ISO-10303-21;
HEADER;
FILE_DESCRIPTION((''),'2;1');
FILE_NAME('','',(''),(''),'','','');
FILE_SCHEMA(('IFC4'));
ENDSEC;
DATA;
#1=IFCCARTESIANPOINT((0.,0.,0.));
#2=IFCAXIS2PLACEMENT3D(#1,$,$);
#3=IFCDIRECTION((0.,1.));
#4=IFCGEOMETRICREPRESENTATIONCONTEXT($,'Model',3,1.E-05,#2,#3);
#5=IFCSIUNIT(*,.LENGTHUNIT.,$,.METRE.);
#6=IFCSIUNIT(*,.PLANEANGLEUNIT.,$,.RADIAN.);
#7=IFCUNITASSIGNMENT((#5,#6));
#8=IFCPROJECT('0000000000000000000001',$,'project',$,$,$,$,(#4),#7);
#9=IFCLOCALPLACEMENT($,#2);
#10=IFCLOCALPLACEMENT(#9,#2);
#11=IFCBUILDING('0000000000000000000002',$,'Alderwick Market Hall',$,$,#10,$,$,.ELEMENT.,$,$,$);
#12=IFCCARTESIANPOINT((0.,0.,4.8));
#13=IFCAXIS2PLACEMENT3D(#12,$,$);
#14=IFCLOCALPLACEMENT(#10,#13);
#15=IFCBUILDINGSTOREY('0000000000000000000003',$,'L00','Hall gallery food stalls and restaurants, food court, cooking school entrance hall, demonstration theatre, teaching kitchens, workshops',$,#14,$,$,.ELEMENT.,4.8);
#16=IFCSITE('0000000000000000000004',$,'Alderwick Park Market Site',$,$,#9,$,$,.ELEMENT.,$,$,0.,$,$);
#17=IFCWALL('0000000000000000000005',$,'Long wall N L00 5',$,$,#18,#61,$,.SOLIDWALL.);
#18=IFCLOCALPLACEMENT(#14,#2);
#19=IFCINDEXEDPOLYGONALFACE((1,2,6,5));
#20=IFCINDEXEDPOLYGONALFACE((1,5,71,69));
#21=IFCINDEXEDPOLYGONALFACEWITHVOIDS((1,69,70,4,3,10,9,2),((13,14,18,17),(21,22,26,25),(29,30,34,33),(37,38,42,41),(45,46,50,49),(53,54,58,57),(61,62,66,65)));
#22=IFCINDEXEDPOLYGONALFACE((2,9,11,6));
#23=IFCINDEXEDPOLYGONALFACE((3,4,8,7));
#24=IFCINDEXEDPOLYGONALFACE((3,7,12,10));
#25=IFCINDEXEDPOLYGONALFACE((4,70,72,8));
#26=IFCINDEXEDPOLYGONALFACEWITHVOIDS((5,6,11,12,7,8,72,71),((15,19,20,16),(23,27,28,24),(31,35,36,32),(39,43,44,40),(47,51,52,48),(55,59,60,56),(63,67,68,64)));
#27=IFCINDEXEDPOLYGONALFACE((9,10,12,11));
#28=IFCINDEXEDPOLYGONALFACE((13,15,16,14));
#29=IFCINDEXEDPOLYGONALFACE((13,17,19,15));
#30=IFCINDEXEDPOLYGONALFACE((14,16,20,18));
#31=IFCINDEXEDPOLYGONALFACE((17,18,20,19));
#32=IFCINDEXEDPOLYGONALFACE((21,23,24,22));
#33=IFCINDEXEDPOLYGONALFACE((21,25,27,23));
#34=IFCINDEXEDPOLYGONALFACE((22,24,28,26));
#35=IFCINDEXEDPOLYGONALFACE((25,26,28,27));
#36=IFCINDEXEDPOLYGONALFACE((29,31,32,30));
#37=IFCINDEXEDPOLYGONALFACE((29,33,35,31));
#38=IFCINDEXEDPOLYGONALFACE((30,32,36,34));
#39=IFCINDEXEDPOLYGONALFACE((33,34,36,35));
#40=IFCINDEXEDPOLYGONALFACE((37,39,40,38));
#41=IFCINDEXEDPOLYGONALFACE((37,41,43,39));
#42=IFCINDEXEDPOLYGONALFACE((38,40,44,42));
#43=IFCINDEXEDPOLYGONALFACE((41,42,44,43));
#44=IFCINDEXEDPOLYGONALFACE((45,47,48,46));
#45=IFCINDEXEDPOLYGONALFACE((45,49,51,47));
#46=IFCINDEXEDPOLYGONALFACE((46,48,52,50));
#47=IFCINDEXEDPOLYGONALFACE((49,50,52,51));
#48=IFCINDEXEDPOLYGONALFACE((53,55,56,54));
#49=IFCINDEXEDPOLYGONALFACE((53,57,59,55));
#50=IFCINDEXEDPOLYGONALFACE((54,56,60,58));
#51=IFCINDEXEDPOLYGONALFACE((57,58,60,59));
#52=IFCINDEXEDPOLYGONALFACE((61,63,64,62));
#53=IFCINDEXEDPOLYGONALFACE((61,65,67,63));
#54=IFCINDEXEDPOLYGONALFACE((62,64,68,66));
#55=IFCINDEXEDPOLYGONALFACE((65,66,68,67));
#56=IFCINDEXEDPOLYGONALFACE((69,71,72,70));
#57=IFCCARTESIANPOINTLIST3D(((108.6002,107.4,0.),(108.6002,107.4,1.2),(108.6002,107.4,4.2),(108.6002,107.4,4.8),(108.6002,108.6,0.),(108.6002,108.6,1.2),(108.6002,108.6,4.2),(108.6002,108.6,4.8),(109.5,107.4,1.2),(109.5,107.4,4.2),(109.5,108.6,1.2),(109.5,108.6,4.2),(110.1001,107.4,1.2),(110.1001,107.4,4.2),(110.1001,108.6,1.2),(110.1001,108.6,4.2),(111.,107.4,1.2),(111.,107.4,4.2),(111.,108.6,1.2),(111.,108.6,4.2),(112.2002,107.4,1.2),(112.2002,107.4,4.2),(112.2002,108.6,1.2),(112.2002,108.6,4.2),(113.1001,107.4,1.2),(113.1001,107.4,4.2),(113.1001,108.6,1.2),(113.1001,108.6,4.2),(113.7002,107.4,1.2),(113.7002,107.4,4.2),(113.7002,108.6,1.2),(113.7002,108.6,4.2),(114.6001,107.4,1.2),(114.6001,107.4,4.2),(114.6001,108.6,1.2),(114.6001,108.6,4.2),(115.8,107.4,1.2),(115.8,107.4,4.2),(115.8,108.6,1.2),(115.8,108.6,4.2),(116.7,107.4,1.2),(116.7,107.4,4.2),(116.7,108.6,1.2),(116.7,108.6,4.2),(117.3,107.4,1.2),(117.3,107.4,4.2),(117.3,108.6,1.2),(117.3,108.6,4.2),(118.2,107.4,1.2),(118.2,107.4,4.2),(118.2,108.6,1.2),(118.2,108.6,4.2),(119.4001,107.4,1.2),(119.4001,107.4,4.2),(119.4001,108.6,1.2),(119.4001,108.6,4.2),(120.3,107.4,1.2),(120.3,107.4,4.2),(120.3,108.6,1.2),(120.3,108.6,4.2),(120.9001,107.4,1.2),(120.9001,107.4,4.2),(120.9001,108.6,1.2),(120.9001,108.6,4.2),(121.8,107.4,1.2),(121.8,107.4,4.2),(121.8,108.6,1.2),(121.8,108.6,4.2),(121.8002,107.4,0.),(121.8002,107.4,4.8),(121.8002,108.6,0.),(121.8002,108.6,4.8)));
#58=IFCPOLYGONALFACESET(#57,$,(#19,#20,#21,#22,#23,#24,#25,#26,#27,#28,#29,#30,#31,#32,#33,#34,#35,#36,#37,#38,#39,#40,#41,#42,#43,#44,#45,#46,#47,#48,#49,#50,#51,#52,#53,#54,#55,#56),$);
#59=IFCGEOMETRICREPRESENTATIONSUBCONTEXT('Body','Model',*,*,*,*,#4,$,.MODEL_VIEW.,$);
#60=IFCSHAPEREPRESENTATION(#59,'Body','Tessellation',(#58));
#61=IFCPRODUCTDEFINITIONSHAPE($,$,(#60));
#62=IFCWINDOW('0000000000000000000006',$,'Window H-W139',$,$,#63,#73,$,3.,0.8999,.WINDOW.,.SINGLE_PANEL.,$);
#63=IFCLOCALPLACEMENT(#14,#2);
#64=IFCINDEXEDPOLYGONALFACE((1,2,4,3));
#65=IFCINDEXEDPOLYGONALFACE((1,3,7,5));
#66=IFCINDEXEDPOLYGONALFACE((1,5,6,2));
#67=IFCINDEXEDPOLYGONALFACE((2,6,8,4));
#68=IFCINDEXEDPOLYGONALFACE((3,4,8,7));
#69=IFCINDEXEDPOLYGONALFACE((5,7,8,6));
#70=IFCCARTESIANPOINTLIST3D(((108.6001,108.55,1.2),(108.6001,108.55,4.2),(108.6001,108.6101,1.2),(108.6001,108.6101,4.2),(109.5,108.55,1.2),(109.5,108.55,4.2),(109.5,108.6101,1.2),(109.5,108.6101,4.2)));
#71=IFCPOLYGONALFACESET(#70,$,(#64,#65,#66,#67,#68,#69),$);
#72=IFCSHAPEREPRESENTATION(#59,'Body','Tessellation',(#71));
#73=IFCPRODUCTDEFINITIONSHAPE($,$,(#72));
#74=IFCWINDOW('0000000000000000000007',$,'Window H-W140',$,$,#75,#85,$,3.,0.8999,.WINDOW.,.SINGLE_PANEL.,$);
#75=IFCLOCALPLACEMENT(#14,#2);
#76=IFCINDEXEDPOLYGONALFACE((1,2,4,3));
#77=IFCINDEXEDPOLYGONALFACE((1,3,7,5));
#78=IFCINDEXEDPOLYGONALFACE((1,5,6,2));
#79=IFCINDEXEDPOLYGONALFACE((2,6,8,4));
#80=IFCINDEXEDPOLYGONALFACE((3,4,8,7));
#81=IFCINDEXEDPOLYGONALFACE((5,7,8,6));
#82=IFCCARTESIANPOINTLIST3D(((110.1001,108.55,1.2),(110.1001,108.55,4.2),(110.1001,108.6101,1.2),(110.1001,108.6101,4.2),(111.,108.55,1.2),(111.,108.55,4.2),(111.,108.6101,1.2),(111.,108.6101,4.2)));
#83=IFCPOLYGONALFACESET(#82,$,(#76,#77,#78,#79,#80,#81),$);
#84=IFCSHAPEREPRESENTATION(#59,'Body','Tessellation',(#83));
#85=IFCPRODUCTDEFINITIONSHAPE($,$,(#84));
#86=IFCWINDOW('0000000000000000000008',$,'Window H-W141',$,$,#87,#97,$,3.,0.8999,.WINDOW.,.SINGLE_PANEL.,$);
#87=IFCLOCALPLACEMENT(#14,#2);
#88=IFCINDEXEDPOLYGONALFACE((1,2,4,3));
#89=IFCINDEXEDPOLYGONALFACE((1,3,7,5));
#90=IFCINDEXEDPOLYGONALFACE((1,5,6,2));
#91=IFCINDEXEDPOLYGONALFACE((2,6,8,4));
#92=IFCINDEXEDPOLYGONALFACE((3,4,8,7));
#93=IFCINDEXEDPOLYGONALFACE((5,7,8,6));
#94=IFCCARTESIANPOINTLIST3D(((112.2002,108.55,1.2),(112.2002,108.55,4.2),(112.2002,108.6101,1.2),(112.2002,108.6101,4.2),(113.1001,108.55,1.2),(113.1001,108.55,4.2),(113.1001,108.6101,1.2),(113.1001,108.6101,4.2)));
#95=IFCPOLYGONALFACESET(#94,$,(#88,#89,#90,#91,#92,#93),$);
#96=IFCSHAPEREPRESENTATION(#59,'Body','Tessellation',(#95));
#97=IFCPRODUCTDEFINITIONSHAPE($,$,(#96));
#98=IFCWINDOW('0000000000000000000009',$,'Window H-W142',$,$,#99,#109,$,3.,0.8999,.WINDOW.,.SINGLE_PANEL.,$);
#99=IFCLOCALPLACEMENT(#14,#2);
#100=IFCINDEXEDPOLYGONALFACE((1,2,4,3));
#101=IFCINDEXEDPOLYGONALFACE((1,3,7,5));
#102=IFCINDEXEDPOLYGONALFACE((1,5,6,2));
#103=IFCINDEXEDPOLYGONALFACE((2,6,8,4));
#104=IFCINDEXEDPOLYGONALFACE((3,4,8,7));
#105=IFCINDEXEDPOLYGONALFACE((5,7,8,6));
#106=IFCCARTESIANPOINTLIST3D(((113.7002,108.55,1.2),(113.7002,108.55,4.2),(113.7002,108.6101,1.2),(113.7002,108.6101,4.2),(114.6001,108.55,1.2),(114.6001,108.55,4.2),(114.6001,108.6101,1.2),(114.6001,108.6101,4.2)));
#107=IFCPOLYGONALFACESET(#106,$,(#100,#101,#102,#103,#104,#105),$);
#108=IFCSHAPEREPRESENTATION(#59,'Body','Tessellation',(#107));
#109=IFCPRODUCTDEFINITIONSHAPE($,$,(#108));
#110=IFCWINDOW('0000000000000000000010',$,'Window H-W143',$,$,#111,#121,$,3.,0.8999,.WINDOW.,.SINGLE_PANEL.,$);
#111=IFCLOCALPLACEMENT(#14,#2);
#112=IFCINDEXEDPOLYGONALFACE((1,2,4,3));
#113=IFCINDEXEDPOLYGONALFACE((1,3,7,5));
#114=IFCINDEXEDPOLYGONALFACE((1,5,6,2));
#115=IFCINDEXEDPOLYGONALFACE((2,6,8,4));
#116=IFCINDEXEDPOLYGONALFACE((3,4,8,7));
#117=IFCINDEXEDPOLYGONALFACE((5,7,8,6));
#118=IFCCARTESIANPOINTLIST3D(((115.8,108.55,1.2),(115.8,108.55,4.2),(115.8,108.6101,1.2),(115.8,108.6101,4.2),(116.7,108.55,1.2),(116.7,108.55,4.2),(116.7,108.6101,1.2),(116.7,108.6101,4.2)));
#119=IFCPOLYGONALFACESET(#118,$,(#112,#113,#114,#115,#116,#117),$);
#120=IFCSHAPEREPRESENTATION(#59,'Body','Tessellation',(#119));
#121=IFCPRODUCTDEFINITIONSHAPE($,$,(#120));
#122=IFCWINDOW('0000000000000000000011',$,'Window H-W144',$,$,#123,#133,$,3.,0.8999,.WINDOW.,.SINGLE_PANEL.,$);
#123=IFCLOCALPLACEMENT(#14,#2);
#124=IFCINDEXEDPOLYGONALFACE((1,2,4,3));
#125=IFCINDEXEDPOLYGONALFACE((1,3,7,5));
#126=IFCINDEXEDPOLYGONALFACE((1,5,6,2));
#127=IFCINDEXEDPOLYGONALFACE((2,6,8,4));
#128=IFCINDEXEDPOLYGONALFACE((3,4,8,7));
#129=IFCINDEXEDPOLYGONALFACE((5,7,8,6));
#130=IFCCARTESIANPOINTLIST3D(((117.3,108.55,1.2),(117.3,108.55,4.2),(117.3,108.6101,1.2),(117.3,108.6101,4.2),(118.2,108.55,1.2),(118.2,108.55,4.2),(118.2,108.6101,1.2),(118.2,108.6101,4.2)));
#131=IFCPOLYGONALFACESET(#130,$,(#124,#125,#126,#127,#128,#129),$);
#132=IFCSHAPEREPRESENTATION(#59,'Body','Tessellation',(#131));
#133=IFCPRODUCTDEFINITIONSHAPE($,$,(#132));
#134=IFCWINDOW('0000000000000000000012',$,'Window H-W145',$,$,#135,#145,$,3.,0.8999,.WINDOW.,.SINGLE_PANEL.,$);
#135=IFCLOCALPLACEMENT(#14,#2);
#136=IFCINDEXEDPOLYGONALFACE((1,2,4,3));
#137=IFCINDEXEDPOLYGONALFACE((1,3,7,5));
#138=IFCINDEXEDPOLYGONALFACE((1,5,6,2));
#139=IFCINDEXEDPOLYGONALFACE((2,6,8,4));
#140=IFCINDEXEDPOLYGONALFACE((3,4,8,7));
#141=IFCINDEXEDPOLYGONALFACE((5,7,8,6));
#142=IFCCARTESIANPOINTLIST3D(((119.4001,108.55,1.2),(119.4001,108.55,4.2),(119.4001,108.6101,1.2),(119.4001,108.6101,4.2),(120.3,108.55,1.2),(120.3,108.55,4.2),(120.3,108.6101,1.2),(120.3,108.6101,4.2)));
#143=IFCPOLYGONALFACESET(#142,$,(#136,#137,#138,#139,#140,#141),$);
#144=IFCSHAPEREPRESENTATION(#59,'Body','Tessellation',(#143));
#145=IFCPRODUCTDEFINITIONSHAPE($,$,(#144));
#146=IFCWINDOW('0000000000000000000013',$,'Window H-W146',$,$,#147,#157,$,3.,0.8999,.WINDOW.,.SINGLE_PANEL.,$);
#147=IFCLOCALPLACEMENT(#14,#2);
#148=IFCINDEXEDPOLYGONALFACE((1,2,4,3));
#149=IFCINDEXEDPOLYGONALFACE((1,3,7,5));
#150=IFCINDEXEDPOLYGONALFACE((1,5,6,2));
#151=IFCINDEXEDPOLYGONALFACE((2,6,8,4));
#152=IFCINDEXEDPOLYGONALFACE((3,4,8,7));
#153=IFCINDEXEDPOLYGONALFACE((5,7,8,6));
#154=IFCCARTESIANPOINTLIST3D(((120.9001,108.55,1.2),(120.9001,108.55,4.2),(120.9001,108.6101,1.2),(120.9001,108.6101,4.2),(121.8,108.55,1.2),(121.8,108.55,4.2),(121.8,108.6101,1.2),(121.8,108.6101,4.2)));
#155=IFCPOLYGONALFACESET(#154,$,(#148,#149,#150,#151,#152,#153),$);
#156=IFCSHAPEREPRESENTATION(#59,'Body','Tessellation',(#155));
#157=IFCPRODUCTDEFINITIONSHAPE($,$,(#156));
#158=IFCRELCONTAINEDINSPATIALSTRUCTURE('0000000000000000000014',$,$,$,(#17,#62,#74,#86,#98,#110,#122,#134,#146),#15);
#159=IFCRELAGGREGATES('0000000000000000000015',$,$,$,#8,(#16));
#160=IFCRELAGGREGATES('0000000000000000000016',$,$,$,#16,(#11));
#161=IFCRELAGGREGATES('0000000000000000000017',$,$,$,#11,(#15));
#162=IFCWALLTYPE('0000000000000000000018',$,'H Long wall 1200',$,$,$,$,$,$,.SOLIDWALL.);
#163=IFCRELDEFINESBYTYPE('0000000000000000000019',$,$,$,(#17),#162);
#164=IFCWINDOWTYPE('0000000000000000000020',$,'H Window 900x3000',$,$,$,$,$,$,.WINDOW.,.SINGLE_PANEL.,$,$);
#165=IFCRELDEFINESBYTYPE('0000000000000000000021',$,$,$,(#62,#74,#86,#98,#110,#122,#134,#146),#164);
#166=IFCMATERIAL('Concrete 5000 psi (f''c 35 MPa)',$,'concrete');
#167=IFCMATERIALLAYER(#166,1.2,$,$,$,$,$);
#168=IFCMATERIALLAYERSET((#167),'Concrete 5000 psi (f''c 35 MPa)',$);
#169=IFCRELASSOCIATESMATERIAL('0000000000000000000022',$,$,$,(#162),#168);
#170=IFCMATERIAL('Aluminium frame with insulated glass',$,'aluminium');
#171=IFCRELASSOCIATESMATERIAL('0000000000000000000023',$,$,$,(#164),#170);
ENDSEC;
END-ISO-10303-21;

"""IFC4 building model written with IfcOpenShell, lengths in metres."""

from ifc_helpers import new_model, si_unit, direction, frame, frame_2d, origin, place, context, subcontext, project, spatial, rectangle, extrude, material, layer, layer_set, type_object, element, fill, save


model = new_model("IFC4")

# Units and contexts
model_context = context("Model", 3, precision=1e-05, world=origin(), true_north=direction((0.0, 1.0)))
body_context = subcontext(model_context, "Body", "Model", "MODEL_VIEW")
ifc_project = project(units=[si_unit("LENGTHUNIT", "METRE"), si_unit("PLANEANGLEUNIT", "RADIAN")], contexts=[model_context])

# Site, building, storey
site_placement = place(None, origin())
site = spatial("IfcSite", under=ifc_project, at=site_placement, Name="Alderwick Park Market Site", CompositionType="ELEMENT", RefElevation=0.0)
building_placement = place(site_placement, origin())
building = spatial("IfcBuilding", under=site, at=building_placement, Name="Alderwick Market Hall", CompositionType="ELEMENT")
storey_placement = place(building_placement, frame((0.0, 0.0, 4.8)))
storey = spatial("IfcBuildingStorey", under=building, at=storey_placement, Name="L00", Description="Hall gallery food stalls and restaurants, food court, cooking school entrance hall, demonstration theatre, teaching kitchens, workshops", CompositionType="ELEMENT", Elevation=4.8)

# Shared definitions
ifc_material_1 = material(Name="Concrete 5000 psi (f'c 35 MPa)", Category="concrete")

# Wall, openings, windows
ifc_layer_1 = layer(ifc_material_1, 1.2)
ifc_layer_set_1 = layer_set([ifc_layer_1], Name="Concrete 5000 psi (f'c 35 MPa)")
wall_type_1 = type_object("IfcWallType", Name="H Long wall 1200", PredefinedType="SOLIDWALL", material=ifc_layer_set_1)
wall_1_placement = place(storey_placement, frame((108.6001, 108.0, 0.0), z_axis=(0.0, 0.0, 1.0), x_axis=(1.0, 0.0, 0.0)))
wall_1 = element("IfcWall", 1, at=wall_1_placement, inside=storey, type_object=wall_type_1, Name="Long wall N L00 5", PredefinedType="SOLIDWALL", context=body_context, shape_type="SweptSolid", body=[
    extrude(rectangle(XDim=13.2, YDim=1.2, at=frame_2d((6.6001, 0.0))), origin(), (0.0, 0.0, 1.0), 4.8),
])
opening_1_placement = place(wall_1_placement, frame((0.0, 0.0, 1.2)))
opening_1 = element("IfcOpeningElement", 2, at=opening_1_placement, cuts=wall_1, PredefinedType="OPENING", context=body_context, shape_type="SweptSolid", body=[
    extrude(rectangle(XDim=0.8999, YDim=3.0, at=frame_2d((0.45, 1.5))), frame((0.0, 0.6099, 0.0), z_axis=(0.0, -1.0, 0.0), x_axis=(1.0, 0.0, 0.0)), (0.0, 0.0, 1.0), 1.22),
])
opening_2_placement = place(wall_1_placement, frame((1.5, 0.0, 1.2)))
opening_2 = element("IfcOpeningElement", 3, at=opening_2_placement, cuts=wall_1, PredefinedType="OPENING", context=body_context, shape_type="SweptSolid", body=[
    extrude(rectangle(XDim=0.8999, YDim=3.0, at=frame_2d((0.45, 1.5))), frame((0.0, 0.6099, 0.0), z_axis=(0.0, -1.0, 0.0), x_axis=(1.0, 0.0, 0.0)), (0.0, 0.0, 1.0), 1.22),
])
opening_3_placement = place(wall_1_placement, frame((3.6001, 0.0, 1.2)))
opening_3 = element("IfcOpeningElement", 4, at=opening_3_placement, cuts=wall_1, PredefinedType="OPENING", context=body_context, shape_type="SweptSolid", body=[
    extrude(rectangle(XDim=0.8999, YDim=3.0, at=frame_2d((0.45, 1.5))), frame((0.0, 0.6099, 0.0), z_axis=(0.0, -1.0, 0.0), x_axis=(1.0, 0.0, 0.0)), (0.0, 0.0, 1.0), 1.22),
])
opening_4_placement = place(wall_1_placement, frame((5.1001, 0.0, 1.2)))
opening_4 = element("IfcOpeningElement", 5, at=opening_4_placement, cuts=wall_1, PredefinedType="OPENING", context=body_context, shape_type="SweptSolid", body=[
    extrude(rectangle(XDim=0.8999, YDim=3.0, at=frame_2d((0.45, 1.5))), frame((0.0, 0.6099, 0.0), z_axis=(0.0, -1.0, 0.0), x_axis=(1.0, 0.0, 0.0)), (0.0, 0.0, 1.0), 1.22),
])
opening_5_placement = place(wall_1_placement, frame((7.2, 0.0, 1.2)))
opening_5 = element("IfcOpeningElement", 6, at=opening_5_placement, cuts=wall_1, PredefinedType="OPENING", context=body_context, shape_type="SweptSolid", body=[
    extrude(rectangle(XDim=0.8999, YDim=3.0, at=frame_2d((0.45, 1.5))), frame((0.0, 0.6099, 0.0), z_axis=(0.0, -1.0, 0.0), x_axis=(1.0, 0.0, 0.0)), (0.0, 0.0, 1.0), 1.22),
])
opening_6_placement = place(wall_1_placement, frame((8.7, 0.0, 1.2)))
opening_6 = element("IfcOpeningElement", 7, at=opening_6_placement, cuts=wall_1, PredefinedType="OPENING", context=body_context, shape_type="SweptSolid", body=[
    extrude(rectangle(XDim=0.8999, YDim=3.0, at=frame_2d((0.45, 1.5))), frame((0.0, 0.6099, 0.0), z_axis=(0.0, -1.0, 0.0), x_axis=(1.0, 0.0, 0.0)), (0.0, 0.0, 1.0), 1.22),
])
opening_7_placement = place(wall_1_placement, frame((10.8, 0.0, 1.2)))
opening_7 = element("IfcOpeningElement", 8, at=opening_7_placement, cuts=wall_1, PredefinedType="OPENING", context=body_context, shape_type="SweptSolid", body=[
    extrude(rectangle(XDim=0.8999, YDim=3.0, at=frame_2d((0.45, 1.5))), frame((0.0, 0.6099, 0.0), z_axis=(0.0, -1.0, 0.0), x_axis=(1.0, 0.0, 0.0)), (0.0, 0.0, 1.0), 1.22),
])
opening_8_placement = place(wall_1_placement, frame((12.3, 0.0, 1.2)))
opening_8 = element("IfcOpeningElement", 9, at=opening_8_placement, cuts=wall_1, PredefinedType="OPENING", context=body_context, shape_type="SweptSolid", body=[
    extrude(rectangle(XDim=0.8999, YDim=3.0, at=frame_2d((0.45, 1.5))), frame((0.0, 0.6099, 0.0), z_axis=(0.0, -1.0, 0.0), x_axis=(1.0, 0.0, 0.0)), (0.0, 0.0, 1.0), 1.22),
])
ifc_material_2 = material(Name="Aluminium frame with insulated glass", Category="aluminium")
window_type = type_object("IfcWindowType", Name="H Window 900x3000", PartitioningType="SINGLE_PANEL", PredefinedType="WINDOW", material=ifc_material_2)
window_1_placement = place(opening_1_placement, origin())
window_1 = element("IfcWindow", 10, at=window_1_placement, inside=storey, type_object=window_type, Name="Window H-W139", OverallHeight=3.0, OverallWidth=0.8999, PartitioningType="SINGLE_PANEL", PredefinedType="WINDOW", context=body_context, shape_type="SweptSolid", body=[
    extrude(rectangle(XDim=0.8999, YDim=3.0, at=frame_2d((0.45, 1.5))), frame((0.0, 0.6101, 0.0), z_axis=(0.0, -1.0, 0.0), x_axis=(1.0, 0.0, 0.0)), (0.0, 0.0, 1.0), 0.0601),
])
fill(opening_1, window_1)
window_2_placement = place(opening_2_placement, origin())
window_2 = element("IfcWindow", 11, at=window_2_placement, inside=storey, type_object=window_type, Name="Window H-W140", OverallHeight=3.0, OverallWidth=0.8999, PartitioningType="SINGLE_PANEL", PredefinedType="WINDOW", context=body_context, shape_type="SweptSolid", body=[
    extrude(rectangle(XDim=0.8999, YDim=3.0, at=frame_2d((0.45, 1.5))), frame((0.0, 0.6101, 0.0), z_axis=(0.0, -1.0, 0.0), x_axis=(1.0, 0.0, 0.0)), (0.0, 0.0, 1.0), 0.0601),
])
fill(opening_2, window_2)
window_3_placement = place(opening_3_placement, origin())
window_3 = element("IfcWindow", 12, at=window_3_placement, inside=storey, type_object=window_type, Name="Window H-W141", OverallHeight=3.0, OverallWidth=0.8999, PartitioningType="SINGLE_PANEL", PredefinedType="WINDOW", context=body_context, shape_type="SweptSolid", body=[
    extrude(rectangle(XDim=0.8999, YDim=3.0, at=frame_2d((0.45, 1.5))), frame((0.0, 0.6101, 0.0), z_axis=(0.0, -1.0, 0.0), x_axis=(1.0, 0.0, 0.0)), (0.0, 0.0, 1.0), 0.0601),
])
fill(opening_3, window_3)
window_4_placement = place(opening_4_placement, origin())
window_4 = element("IfcWindow", 13, at=window_4_placement, inside=storey, type_object=window_type, Name="Window H-W142", OverallHeight=3.0, OverallWidth=0.8999, PartitioningType="SINGLE_PANEL", PredefinedType="WINDOW", context=body_context, shape_type="SweptSolid", body=[
    extrude(rectangle(XDim=0.8999, YDim=3.0, at=frame_2d((0.45, 1.5))), frame((0.0, 0.6101, 0.0), z_axis=(0.0, -1.0, 0.0), x_axis=(1.0, 0.0, 0.0)), (0.0, 0.0, 1.0), 0.0601),
])
fill(opening_4, window_4)
window_5_placement = place(opening_5_placement, origin())
window_5 = element("IfcWindow", 14, at=window_5_placement, inside=storey, type_object=window_type, Name="Window H-W143", OverallHeight=3.0, OverallWidth=0.8999, PartitioningType="SINGLE_PANEL", PredefinedType="WINDOW", context=body_context, shape_type="SweptSolid", body=[
    extrude(rectangle(XDim=0.8999, YDim=3.0, at=frame_2d((0.45, 1.5))), frame((0.0, 0.6101, 0.0), z_axis=(0.0, -1.0, 0.0), x_axis=(1.0, 0.0, 0.0)), (0.0, 0.0, 1.0), 0.0601),
])
fill(opening_5, window_5)
window_6_placement = place(opening_6_placement, origin())
window_6 = element("IfcWindow", 15, at=window_6_placement, inside=storey, type_object=window_type, Name="Window H-W144", OverallHeight=3.0, OverallWidth=0.8999, PartitioningType="SINGLE_PANEL", PredefinedType="WINDOW", context=body_context, shape_type="SweptSolid", body=[
    extrude(rectangle(XDim=0.8999, YDim=3.0, at=frame_2d((0.45, 1.5))), frame((0.0, 0.6101, 0.0), z_axis=(0.0, -1.0, 0.0), x_axis=(1.0, 0.0, 0.0)), (0.0, 0.0, 1.0), 0.0601),
])
fill(opening_6, window_6)
window_7_placement = place(opening_7_placement, origin())
window_7 = element("IfcWindow", 16, at=window_7_placement, inside=storey, type_object=window_type, Name="Window H-W145", OverallHeight=3.0, OverallWidth=0.8999, PartitioningType="SINGLE_PANEL", PredefinedType="WINDOW", context=body_context, shape_type="SweptSolid", body=[
    extrude(rectangle(XDim=0.8999, YDim=3.0, at=frame_2d((0.45, 1.5))), frame((0.0, 0.6101, 0.0), z_axis=(0.0, -1.0, 0.0), x_axis=(1.0, 0.0, 0.0)), (0.0, 0.0, 1.0), 0.0601),
])
fill(opening_7, window_7)
window_8_placement = place(opening_8_placement, origin())
window_8 = element("IfcWindow", 17, at=window_8_placement, inside=storey, type_object=window_type, Name="Window H-W146", OverallHeight=3.0, OverallWidth=0.8999, PartitioningType="SINGLE_PANEL", PredefinedType="WINDOW", context=body_context, shape_type="SweptSolid", body=[
    extrude(rectangle(XDim=0.8999, YDim=3.0, at=frame_2d((0.45, 1.5))), frame((0.0, 0.6101, 0.0), z_axis=(0.0, -1.0, 0.0), x_axis=(1.0, 0.0, 0.0)), (0.0, 0.0, 1.0), 0.0601),
])
fill(opening_8, window_8)

save(model, "model.ifc")
